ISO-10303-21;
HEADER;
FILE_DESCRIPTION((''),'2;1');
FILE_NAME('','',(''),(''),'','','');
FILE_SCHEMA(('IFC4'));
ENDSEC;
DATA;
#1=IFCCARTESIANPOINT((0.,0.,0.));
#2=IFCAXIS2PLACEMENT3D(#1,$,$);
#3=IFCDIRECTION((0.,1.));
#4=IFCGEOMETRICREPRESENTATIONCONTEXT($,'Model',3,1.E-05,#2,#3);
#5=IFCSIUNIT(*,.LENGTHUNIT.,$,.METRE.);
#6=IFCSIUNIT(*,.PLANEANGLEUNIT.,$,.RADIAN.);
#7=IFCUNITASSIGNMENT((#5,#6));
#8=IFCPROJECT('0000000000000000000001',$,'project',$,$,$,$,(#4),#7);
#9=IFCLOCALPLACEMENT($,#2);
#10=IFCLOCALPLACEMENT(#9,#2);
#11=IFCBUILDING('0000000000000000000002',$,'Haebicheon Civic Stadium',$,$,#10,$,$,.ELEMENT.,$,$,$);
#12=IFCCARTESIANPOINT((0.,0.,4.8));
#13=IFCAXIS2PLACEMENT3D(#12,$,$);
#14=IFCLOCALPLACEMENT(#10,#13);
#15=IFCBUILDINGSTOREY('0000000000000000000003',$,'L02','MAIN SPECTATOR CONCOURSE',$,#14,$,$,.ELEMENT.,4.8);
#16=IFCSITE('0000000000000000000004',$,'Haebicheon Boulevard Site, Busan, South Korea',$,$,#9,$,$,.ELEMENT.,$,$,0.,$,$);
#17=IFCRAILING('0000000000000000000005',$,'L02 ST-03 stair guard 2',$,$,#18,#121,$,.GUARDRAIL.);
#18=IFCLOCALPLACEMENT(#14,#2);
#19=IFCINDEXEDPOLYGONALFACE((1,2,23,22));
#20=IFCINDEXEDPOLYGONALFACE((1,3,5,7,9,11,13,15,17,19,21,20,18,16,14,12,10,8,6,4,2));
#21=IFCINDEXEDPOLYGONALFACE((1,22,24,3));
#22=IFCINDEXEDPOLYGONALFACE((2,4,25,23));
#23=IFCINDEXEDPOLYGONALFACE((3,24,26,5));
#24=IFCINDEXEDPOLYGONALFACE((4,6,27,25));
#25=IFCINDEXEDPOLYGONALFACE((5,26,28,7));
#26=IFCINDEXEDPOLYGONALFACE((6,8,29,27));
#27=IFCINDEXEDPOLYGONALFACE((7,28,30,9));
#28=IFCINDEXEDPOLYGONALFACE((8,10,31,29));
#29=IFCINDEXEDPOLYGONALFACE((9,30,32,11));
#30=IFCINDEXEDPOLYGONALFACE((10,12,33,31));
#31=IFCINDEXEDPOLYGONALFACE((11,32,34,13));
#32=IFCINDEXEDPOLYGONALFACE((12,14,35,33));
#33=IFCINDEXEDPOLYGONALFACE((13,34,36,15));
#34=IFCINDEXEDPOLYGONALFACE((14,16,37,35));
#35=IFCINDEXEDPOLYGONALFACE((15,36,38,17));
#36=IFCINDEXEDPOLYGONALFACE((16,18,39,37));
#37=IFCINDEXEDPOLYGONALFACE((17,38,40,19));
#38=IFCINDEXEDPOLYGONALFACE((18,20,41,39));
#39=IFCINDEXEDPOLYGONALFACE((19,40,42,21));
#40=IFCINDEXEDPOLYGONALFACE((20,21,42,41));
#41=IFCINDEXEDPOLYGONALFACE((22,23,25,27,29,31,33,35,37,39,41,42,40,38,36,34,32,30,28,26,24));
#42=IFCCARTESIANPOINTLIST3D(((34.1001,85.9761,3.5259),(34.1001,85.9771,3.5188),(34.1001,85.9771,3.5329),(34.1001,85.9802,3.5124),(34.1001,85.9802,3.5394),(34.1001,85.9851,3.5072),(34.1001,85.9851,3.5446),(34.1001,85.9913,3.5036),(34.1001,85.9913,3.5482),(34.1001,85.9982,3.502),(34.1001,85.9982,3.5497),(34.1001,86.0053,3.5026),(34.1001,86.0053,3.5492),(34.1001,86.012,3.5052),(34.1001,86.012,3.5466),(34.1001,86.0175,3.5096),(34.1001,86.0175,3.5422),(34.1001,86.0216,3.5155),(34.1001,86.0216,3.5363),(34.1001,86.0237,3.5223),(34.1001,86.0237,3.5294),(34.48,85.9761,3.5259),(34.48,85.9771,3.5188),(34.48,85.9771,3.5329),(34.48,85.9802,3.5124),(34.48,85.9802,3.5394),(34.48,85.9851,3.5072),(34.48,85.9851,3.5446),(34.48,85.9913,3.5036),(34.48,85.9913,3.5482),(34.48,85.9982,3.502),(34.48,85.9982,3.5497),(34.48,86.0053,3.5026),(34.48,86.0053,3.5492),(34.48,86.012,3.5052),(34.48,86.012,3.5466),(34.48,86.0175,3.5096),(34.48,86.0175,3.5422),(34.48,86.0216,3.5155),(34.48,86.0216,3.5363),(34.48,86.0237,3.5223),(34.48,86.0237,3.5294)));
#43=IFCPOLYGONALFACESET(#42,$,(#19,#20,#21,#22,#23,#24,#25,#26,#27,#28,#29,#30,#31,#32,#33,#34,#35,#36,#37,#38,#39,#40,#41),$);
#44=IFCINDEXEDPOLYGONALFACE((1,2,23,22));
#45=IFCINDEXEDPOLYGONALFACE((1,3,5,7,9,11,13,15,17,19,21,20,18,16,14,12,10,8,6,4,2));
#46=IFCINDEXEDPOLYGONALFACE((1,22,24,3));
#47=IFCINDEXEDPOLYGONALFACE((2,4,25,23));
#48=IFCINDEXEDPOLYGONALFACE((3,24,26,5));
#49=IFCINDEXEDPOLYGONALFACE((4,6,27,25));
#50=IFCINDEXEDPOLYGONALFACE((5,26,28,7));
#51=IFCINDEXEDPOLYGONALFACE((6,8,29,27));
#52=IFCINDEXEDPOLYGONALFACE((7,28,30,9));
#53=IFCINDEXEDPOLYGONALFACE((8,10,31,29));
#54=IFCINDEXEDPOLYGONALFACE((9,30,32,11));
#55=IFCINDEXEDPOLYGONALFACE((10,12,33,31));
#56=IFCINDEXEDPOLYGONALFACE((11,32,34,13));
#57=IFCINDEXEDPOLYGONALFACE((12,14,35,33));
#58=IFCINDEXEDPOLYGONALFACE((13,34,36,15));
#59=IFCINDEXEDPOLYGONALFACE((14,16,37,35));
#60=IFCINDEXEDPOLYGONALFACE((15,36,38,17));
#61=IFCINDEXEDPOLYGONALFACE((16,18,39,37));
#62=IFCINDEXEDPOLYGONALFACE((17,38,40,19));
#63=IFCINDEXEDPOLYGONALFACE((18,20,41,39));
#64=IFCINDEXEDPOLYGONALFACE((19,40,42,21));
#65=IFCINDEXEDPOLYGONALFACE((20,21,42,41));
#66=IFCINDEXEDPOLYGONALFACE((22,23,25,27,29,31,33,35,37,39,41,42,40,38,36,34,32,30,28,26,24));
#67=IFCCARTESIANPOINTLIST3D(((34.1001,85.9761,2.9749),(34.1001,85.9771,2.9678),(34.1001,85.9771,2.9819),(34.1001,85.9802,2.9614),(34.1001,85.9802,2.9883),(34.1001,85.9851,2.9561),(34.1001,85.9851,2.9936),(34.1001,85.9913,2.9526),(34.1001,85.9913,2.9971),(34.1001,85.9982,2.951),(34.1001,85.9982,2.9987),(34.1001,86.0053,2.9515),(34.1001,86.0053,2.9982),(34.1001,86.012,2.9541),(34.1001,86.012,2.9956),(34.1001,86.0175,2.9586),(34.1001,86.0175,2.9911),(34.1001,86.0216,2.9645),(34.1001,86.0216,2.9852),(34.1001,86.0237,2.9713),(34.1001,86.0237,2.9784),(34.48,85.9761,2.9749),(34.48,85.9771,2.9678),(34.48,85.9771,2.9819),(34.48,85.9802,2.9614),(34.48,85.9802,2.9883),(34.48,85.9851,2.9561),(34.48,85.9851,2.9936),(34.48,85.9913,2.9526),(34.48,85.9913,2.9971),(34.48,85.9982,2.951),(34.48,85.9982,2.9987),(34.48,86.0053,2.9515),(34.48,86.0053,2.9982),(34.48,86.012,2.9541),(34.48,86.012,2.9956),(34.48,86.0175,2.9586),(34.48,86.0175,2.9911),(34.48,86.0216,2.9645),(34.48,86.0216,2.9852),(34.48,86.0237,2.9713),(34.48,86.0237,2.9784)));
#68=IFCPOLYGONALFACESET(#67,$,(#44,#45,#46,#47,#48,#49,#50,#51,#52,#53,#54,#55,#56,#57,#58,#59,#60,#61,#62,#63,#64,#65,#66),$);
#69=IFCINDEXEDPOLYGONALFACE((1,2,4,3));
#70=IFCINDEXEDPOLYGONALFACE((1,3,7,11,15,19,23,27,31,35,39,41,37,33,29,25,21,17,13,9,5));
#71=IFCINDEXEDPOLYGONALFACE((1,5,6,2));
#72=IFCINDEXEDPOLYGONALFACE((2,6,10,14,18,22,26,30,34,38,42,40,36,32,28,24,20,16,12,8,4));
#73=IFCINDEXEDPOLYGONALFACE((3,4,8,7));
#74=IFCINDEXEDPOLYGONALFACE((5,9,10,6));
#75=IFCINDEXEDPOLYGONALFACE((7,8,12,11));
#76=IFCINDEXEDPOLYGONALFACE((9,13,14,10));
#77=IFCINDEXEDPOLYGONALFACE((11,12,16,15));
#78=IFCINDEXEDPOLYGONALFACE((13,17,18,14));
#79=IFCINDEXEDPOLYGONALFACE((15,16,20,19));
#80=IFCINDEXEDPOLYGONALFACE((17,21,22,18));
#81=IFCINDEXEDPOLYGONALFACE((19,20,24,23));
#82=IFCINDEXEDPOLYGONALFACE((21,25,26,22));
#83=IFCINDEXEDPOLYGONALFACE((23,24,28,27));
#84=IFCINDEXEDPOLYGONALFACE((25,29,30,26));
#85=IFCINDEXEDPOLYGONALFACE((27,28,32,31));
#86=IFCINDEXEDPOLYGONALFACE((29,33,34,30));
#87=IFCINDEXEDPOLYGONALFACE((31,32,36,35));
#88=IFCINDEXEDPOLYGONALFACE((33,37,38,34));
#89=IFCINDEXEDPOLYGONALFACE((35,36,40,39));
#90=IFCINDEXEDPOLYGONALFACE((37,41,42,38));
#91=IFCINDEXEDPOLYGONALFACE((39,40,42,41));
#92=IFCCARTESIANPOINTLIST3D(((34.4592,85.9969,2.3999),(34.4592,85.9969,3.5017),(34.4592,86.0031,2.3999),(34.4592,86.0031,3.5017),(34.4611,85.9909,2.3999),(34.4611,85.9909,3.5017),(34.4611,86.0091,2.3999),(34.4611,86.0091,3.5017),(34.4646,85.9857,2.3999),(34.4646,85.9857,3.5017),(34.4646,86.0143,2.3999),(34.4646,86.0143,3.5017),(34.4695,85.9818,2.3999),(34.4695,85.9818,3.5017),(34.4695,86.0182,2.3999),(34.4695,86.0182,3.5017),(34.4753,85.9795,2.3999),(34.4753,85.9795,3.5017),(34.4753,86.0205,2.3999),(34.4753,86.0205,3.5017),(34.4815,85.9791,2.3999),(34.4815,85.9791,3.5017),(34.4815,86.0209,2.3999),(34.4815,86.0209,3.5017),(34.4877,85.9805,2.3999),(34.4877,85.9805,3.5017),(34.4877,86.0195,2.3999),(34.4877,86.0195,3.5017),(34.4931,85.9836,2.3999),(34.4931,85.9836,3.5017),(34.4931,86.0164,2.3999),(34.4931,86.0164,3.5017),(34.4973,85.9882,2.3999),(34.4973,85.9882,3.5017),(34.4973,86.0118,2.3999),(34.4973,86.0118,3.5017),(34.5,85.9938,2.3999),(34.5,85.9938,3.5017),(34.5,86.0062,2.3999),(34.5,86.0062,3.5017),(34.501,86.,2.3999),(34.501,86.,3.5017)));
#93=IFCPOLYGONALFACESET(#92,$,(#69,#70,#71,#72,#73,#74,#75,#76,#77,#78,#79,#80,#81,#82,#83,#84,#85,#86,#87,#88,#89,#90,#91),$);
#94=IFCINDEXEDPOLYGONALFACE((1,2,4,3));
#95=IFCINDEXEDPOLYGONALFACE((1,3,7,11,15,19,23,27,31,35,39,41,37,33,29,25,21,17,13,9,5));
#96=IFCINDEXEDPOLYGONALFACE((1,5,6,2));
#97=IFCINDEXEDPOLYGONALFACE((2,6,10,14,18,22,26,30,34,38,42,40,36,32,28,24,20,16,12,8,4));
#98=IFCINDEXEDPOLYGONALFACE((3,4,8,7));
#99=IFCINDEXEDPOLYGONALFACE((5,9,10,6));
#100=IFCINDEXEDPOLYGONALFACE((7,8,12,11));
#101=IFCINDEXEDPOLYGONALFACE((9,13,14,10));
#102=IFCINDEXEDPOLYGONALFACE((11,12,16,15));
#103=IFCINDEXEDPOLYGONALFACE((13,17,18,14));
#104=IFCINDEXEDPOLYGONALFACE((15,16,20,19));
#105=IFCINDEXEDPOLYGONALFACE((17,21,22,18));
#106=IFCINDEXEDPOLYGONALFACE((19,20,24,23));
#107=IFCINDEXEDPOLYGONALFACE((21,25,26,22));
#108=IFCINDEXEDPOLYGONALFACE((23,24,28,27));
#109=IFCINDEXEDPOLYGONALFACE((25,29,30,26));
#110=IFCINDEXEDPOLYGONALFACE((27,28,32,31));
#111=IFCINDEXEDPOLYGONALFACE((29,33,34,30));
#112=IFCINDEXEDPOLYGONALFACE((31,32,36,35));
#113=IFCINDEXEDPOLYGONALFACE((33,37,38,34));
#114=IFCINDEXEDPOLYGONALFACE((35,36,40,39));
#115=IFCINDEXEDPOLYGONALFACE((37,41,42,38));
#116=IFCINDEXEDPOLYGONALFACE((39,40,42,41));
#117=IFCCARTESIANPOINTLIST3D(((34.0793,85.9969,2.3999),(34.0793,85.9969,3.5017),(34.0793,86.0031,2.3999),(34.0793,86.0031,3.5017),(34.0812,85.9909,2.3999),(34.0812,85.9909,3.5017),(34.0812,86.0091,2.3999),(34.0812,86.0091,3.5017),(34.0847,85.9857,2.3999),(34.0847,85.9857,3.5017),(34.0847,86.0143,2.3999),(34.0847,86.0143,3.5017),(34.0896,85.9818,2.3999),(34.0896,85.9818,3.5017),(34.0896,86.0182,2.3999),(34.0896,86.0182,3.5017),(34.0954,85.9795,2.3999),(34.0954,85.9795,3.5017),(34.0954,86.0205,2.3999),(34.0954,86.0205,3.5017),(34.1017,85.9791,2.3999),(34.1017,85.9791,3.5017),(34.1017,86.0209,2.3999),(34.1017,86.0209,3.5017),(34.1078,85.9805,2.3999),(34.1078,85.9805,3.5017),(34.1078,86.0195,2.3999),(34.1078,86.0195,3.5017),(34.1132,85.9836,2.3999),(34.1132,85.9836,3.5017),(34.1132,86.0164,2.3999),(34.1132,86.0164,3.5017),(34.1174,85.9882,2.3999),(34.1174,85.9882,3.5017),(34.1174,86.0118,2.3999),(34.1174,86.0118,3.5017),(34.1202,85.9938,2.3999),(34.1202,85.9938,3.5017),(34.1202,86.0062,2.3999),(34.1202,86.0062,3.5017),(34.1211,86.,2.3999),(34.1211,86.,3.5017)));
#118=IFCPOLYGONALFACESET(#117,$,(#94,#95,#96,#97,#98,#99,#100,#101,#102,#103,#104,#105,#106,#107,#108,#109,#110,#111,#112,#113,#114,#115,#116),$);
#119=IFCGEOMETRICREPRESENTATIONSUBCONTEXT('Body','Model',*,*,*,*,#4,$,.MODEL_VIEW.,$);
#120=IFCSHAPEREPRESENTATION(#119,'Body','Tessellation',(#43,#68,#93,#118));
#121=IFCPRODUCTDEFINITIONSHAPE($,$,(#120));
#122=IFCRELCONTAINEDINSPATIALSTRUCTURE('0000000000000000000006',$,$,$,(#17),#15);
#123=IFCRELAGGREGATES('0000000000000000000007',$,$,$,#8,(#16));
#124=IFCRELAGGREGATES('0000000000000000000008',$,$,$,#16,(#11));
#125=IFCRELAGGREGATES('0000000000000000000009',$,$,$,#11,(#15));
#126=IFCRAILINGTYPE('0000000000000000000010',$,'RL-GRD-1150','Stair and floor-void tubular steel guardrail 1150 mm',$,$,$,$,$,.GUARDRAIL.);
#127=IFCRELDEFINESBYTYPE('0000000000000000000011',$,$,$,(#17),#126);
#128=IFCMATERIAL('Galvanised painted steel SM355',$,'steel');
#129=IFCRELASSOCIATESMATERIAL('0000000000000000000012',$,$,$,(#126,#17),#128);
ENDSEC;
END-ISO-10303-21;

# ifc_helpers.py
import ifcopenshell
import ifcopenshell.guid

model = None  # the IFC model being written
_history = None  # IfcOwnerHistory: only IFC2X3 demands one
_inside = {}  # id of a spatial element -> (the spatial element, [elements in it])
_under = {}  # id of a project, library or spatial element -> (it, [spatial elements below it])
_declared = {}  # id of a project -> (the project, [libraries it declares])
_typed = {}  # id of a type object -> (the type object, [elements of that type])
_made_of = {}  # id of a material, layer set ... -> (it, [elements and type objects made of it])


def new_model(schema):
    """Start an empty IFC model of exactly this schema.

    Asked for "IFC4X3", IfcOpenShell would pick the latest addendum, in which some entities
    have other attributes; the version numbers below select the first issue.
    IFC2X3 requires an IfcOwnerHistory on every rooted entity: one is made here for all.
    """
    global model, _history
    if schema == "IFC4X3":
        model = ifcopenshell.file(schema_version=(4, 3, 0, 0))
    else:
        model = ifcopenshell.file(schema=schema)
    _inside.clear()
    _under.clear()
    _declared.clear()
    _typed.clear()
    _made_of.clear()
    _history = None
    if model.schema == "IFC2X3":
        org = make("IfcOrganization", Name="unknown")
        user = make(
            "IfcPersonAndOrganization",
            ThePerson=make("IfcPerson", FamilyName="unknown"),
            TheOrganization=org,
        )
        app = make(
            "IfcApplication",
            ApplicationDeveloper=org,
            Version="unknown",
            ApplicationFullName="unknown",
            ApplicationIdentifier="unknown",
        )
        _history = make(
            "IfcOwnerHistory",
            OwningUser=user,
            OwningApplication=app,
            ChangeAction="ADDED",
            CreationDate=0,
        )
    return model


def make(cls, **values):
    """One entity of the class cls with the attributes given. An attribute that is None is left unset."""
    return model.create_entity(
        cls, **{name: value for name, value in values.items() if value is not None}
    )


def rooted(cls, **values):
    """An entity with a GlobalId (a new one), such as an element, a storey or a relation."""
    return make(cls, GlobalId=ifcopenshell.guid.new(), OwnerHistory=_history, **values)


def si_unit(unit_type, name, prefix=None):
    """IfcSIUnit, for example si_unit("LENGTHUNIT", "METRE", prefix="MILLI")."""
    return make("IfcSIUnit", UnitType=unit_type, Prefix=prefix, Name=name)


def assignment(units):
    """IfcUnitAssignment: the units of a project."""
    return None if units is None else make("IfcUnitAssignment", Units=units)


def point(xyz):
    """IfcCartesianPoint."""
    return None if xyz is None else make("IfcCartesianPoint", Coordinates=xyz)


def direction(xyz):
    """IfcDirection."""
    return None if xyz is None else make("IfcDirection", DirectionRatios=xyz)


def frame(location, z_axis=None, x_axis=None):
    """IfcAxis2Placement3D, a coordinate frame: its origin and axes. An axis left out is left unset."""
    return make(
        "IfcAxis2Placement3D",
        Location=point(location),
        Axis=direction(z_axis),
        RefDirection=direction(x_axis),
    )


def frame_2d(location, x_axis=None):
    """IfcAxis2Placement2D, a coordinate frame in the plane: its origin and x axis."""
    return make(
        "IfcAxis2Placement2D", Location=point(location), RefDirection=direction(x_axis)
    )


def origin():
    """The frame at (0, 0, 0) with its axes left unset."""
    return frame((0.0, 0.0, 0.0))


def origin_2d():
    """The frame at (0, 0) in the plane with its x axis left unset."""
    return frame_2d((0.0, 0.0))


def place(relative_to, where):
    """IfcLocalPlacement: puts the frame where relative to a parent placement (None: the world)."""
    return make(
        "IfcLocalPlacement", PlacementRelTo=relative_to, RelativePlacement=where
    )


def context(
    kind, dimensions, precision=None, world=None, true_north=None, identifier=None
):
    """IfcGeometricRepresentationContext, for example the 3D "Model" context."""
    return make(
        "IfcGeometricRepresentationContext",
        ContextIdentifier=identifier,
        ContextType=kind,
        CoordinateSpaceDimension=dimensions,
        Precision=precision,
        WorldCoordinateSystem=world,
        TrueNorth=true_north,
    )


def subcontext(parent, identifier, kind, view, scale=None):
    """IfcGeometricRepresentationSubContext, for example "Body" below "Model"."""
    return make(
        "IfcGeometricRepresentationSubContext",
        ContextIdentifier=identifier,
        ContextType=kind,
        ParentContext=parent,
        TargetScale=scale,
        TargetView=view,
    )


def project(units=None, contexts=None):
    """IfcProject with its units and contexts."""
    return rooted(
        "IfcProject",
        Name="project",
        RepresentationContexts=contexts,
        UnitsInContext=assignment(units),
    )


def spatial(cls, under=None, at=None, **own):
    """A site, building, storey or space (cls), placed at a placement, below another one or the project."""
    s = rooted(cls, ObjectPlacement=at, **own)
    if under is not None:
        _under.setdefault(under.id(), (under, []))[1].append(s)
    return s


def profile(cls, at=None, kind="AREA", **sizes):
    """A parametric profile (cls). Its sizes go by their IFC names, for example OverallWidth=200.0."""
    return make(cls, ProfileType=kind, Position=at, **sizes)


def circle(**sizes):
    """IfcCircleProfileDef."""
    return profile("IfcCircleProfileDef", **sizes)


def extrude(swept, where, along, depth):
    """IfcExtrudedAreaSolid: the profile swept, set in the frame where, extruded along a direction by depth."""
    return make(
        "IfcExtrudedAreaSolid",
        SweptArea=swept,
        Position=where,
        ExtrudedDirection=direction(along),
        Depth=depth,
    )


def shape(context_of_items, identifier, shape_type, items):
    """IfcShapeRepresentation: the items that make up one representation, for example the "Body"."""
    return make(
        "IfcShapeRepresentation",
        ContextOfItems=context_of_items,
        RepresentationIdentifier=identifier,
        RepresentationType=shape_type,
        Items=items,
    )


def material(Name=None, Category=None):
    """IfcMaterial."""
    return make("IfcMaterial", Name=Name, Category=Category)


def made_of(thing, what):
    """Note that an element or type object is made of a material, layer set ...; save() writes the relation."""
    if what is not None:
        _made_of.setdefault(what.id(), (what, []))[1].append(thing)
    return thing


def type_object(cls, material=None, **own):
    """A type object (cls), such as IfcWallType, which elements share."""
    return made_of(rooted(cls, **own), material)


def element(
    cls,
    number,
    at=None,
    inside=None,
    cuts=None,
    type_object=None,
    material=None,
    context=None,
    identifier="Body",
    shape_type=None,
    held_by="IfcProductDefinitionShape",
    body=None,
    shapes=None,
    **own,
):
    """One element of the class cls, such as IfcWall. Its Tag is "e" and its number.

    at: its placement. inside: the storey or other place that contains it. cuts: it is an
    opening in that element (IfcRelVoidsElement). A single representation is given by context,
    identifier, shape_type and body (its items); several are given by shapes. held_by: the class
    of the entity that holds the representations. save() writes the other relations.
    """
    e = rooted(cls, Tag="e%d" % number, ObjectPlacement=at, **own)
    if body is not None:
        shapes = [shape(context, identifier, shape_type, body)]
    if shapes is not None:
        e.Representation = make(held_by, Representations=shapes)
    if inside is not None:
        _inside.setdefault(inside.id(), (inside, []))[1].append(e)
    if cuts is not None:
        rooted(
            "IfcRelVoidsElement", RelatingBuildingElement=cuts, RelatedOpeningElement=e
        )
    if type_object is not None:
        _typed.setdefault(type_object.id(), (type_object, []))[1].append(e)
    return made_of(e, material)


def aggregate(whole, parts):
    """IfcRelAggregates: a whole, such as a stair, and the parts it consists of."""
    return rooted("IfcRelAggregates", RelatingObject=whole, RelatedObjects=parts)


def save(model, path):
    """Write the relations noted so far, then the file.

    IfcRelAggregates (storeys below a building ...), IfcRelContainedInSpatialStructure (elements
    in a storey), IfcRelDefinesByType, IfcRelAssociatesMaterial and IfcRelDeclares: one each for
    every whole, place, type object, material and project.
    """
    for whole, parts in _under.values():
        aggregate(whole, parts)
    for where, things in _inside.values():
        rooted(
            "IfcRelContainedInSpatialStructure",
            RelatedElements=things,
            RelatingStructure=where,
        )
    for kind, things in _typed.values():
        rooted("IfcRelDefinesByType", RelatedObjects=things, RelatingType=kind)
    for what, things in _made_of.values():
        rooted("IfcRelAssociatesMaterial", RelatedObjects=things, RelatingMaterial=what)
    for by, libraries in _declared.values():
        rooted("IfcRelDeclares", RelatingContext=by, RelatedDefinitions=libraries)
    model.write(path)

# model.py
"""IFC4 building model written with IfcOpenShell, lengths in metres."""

from ifc_helpers import new_model, si_unit, direction, frame, origin, origin_2d, place, context, subcontext, project, spatial, circle, extrude, material, type_object, element, save


model = new_model("IFC4")

# Units and contexts
model_context = context("Model", 3, precision=1e-05, world=origin(), true_north=direction((0.0, 1.0)))
body_context = subcontext(model_context, "Body", "Model", "MODEL_VIEW")
ifc_project = project(units=[si_unit("LENGTHUNIT", "METRE"), si_unit("PLANEANGLEUNIT", "RADIAN")], contexts=[model_context])

# Site, building, storey
site_placement = place(None, origin())
site = spatial("IfcSite", under=ifc_project, at=site_placement, Name="Haebicheon Boulevard Site, Busan, South Korea", CompositionType="ELEMENT", RefElevation=0.0)
building_placement = place(site_placement, origin())
building = spatial("IfcBuilding", under=site, at=building_placement, Name="Haebicheon Civic Stadium", CompositionType="ELEMENT")
storey_placement = place(building_placement, frame((0.0, 0.0, 4.8)))
storey = spatial("IfcBuildingStorey", under=building, at=storey_placement, Name="L02", Description="MAIN SPECTATOR CONCOURSE", CompositionType="ELEMENT", Elevation=4.8)

# Railing
ifc_material_1 = material(Name="Galvanised painted steel SM355", Category="steel")
railing_type_1 = type_object("IfcRailingType", Name="RL-GRD-1150", Description="Stair and floor-void tubular steel guardrail 1150 mm", PredefinedType="GUARDRAIL", material=ifc_material_1)
railing_1_placement = place(storey_placement, frame((34.48, 86.0, 2.3999)))
element("IfcRailing", 1, at=railing_1_placement, inside=storey, type_object=railing_type_1, material=ifc_material_1, Name="L02 ST-03 stair guard 2", PredefinedType="GUARDRAIL", context=body_context, shape_type="SweptSolid", body=[
    extrude(circle(Radius=0.0239, at=origin_2d()), frame((0.0, 0.0, 1.126), z_axis=(-1.0, 0.0, 0.0), x_axis=(0.0, -1.0, 0.0)), (0.0, 0.0, 1.0), 0.3799),
    extrude(circle(Radius=0.0239, at=origin_2d()), frame((0.0, 0.0, 0.575), z_axis=(-1.0, 0.0, 0.0), x_axis=(0.0, -1.0, 0.0)), (0.0, 0.0, 1.0), 0.3799),
    extrude(circle(Radius=0.021, at=origin_2d()), origin(), (0.0, 0.0, 1.0), 1.1018),
    extrude(circle(Radius=0.021, at=origin_2d()), frame((-0.3799, 0.0, 0.0)), (0.0, 0.0, 1.0), 1.1018),
])

save(model, "model.ifc")
